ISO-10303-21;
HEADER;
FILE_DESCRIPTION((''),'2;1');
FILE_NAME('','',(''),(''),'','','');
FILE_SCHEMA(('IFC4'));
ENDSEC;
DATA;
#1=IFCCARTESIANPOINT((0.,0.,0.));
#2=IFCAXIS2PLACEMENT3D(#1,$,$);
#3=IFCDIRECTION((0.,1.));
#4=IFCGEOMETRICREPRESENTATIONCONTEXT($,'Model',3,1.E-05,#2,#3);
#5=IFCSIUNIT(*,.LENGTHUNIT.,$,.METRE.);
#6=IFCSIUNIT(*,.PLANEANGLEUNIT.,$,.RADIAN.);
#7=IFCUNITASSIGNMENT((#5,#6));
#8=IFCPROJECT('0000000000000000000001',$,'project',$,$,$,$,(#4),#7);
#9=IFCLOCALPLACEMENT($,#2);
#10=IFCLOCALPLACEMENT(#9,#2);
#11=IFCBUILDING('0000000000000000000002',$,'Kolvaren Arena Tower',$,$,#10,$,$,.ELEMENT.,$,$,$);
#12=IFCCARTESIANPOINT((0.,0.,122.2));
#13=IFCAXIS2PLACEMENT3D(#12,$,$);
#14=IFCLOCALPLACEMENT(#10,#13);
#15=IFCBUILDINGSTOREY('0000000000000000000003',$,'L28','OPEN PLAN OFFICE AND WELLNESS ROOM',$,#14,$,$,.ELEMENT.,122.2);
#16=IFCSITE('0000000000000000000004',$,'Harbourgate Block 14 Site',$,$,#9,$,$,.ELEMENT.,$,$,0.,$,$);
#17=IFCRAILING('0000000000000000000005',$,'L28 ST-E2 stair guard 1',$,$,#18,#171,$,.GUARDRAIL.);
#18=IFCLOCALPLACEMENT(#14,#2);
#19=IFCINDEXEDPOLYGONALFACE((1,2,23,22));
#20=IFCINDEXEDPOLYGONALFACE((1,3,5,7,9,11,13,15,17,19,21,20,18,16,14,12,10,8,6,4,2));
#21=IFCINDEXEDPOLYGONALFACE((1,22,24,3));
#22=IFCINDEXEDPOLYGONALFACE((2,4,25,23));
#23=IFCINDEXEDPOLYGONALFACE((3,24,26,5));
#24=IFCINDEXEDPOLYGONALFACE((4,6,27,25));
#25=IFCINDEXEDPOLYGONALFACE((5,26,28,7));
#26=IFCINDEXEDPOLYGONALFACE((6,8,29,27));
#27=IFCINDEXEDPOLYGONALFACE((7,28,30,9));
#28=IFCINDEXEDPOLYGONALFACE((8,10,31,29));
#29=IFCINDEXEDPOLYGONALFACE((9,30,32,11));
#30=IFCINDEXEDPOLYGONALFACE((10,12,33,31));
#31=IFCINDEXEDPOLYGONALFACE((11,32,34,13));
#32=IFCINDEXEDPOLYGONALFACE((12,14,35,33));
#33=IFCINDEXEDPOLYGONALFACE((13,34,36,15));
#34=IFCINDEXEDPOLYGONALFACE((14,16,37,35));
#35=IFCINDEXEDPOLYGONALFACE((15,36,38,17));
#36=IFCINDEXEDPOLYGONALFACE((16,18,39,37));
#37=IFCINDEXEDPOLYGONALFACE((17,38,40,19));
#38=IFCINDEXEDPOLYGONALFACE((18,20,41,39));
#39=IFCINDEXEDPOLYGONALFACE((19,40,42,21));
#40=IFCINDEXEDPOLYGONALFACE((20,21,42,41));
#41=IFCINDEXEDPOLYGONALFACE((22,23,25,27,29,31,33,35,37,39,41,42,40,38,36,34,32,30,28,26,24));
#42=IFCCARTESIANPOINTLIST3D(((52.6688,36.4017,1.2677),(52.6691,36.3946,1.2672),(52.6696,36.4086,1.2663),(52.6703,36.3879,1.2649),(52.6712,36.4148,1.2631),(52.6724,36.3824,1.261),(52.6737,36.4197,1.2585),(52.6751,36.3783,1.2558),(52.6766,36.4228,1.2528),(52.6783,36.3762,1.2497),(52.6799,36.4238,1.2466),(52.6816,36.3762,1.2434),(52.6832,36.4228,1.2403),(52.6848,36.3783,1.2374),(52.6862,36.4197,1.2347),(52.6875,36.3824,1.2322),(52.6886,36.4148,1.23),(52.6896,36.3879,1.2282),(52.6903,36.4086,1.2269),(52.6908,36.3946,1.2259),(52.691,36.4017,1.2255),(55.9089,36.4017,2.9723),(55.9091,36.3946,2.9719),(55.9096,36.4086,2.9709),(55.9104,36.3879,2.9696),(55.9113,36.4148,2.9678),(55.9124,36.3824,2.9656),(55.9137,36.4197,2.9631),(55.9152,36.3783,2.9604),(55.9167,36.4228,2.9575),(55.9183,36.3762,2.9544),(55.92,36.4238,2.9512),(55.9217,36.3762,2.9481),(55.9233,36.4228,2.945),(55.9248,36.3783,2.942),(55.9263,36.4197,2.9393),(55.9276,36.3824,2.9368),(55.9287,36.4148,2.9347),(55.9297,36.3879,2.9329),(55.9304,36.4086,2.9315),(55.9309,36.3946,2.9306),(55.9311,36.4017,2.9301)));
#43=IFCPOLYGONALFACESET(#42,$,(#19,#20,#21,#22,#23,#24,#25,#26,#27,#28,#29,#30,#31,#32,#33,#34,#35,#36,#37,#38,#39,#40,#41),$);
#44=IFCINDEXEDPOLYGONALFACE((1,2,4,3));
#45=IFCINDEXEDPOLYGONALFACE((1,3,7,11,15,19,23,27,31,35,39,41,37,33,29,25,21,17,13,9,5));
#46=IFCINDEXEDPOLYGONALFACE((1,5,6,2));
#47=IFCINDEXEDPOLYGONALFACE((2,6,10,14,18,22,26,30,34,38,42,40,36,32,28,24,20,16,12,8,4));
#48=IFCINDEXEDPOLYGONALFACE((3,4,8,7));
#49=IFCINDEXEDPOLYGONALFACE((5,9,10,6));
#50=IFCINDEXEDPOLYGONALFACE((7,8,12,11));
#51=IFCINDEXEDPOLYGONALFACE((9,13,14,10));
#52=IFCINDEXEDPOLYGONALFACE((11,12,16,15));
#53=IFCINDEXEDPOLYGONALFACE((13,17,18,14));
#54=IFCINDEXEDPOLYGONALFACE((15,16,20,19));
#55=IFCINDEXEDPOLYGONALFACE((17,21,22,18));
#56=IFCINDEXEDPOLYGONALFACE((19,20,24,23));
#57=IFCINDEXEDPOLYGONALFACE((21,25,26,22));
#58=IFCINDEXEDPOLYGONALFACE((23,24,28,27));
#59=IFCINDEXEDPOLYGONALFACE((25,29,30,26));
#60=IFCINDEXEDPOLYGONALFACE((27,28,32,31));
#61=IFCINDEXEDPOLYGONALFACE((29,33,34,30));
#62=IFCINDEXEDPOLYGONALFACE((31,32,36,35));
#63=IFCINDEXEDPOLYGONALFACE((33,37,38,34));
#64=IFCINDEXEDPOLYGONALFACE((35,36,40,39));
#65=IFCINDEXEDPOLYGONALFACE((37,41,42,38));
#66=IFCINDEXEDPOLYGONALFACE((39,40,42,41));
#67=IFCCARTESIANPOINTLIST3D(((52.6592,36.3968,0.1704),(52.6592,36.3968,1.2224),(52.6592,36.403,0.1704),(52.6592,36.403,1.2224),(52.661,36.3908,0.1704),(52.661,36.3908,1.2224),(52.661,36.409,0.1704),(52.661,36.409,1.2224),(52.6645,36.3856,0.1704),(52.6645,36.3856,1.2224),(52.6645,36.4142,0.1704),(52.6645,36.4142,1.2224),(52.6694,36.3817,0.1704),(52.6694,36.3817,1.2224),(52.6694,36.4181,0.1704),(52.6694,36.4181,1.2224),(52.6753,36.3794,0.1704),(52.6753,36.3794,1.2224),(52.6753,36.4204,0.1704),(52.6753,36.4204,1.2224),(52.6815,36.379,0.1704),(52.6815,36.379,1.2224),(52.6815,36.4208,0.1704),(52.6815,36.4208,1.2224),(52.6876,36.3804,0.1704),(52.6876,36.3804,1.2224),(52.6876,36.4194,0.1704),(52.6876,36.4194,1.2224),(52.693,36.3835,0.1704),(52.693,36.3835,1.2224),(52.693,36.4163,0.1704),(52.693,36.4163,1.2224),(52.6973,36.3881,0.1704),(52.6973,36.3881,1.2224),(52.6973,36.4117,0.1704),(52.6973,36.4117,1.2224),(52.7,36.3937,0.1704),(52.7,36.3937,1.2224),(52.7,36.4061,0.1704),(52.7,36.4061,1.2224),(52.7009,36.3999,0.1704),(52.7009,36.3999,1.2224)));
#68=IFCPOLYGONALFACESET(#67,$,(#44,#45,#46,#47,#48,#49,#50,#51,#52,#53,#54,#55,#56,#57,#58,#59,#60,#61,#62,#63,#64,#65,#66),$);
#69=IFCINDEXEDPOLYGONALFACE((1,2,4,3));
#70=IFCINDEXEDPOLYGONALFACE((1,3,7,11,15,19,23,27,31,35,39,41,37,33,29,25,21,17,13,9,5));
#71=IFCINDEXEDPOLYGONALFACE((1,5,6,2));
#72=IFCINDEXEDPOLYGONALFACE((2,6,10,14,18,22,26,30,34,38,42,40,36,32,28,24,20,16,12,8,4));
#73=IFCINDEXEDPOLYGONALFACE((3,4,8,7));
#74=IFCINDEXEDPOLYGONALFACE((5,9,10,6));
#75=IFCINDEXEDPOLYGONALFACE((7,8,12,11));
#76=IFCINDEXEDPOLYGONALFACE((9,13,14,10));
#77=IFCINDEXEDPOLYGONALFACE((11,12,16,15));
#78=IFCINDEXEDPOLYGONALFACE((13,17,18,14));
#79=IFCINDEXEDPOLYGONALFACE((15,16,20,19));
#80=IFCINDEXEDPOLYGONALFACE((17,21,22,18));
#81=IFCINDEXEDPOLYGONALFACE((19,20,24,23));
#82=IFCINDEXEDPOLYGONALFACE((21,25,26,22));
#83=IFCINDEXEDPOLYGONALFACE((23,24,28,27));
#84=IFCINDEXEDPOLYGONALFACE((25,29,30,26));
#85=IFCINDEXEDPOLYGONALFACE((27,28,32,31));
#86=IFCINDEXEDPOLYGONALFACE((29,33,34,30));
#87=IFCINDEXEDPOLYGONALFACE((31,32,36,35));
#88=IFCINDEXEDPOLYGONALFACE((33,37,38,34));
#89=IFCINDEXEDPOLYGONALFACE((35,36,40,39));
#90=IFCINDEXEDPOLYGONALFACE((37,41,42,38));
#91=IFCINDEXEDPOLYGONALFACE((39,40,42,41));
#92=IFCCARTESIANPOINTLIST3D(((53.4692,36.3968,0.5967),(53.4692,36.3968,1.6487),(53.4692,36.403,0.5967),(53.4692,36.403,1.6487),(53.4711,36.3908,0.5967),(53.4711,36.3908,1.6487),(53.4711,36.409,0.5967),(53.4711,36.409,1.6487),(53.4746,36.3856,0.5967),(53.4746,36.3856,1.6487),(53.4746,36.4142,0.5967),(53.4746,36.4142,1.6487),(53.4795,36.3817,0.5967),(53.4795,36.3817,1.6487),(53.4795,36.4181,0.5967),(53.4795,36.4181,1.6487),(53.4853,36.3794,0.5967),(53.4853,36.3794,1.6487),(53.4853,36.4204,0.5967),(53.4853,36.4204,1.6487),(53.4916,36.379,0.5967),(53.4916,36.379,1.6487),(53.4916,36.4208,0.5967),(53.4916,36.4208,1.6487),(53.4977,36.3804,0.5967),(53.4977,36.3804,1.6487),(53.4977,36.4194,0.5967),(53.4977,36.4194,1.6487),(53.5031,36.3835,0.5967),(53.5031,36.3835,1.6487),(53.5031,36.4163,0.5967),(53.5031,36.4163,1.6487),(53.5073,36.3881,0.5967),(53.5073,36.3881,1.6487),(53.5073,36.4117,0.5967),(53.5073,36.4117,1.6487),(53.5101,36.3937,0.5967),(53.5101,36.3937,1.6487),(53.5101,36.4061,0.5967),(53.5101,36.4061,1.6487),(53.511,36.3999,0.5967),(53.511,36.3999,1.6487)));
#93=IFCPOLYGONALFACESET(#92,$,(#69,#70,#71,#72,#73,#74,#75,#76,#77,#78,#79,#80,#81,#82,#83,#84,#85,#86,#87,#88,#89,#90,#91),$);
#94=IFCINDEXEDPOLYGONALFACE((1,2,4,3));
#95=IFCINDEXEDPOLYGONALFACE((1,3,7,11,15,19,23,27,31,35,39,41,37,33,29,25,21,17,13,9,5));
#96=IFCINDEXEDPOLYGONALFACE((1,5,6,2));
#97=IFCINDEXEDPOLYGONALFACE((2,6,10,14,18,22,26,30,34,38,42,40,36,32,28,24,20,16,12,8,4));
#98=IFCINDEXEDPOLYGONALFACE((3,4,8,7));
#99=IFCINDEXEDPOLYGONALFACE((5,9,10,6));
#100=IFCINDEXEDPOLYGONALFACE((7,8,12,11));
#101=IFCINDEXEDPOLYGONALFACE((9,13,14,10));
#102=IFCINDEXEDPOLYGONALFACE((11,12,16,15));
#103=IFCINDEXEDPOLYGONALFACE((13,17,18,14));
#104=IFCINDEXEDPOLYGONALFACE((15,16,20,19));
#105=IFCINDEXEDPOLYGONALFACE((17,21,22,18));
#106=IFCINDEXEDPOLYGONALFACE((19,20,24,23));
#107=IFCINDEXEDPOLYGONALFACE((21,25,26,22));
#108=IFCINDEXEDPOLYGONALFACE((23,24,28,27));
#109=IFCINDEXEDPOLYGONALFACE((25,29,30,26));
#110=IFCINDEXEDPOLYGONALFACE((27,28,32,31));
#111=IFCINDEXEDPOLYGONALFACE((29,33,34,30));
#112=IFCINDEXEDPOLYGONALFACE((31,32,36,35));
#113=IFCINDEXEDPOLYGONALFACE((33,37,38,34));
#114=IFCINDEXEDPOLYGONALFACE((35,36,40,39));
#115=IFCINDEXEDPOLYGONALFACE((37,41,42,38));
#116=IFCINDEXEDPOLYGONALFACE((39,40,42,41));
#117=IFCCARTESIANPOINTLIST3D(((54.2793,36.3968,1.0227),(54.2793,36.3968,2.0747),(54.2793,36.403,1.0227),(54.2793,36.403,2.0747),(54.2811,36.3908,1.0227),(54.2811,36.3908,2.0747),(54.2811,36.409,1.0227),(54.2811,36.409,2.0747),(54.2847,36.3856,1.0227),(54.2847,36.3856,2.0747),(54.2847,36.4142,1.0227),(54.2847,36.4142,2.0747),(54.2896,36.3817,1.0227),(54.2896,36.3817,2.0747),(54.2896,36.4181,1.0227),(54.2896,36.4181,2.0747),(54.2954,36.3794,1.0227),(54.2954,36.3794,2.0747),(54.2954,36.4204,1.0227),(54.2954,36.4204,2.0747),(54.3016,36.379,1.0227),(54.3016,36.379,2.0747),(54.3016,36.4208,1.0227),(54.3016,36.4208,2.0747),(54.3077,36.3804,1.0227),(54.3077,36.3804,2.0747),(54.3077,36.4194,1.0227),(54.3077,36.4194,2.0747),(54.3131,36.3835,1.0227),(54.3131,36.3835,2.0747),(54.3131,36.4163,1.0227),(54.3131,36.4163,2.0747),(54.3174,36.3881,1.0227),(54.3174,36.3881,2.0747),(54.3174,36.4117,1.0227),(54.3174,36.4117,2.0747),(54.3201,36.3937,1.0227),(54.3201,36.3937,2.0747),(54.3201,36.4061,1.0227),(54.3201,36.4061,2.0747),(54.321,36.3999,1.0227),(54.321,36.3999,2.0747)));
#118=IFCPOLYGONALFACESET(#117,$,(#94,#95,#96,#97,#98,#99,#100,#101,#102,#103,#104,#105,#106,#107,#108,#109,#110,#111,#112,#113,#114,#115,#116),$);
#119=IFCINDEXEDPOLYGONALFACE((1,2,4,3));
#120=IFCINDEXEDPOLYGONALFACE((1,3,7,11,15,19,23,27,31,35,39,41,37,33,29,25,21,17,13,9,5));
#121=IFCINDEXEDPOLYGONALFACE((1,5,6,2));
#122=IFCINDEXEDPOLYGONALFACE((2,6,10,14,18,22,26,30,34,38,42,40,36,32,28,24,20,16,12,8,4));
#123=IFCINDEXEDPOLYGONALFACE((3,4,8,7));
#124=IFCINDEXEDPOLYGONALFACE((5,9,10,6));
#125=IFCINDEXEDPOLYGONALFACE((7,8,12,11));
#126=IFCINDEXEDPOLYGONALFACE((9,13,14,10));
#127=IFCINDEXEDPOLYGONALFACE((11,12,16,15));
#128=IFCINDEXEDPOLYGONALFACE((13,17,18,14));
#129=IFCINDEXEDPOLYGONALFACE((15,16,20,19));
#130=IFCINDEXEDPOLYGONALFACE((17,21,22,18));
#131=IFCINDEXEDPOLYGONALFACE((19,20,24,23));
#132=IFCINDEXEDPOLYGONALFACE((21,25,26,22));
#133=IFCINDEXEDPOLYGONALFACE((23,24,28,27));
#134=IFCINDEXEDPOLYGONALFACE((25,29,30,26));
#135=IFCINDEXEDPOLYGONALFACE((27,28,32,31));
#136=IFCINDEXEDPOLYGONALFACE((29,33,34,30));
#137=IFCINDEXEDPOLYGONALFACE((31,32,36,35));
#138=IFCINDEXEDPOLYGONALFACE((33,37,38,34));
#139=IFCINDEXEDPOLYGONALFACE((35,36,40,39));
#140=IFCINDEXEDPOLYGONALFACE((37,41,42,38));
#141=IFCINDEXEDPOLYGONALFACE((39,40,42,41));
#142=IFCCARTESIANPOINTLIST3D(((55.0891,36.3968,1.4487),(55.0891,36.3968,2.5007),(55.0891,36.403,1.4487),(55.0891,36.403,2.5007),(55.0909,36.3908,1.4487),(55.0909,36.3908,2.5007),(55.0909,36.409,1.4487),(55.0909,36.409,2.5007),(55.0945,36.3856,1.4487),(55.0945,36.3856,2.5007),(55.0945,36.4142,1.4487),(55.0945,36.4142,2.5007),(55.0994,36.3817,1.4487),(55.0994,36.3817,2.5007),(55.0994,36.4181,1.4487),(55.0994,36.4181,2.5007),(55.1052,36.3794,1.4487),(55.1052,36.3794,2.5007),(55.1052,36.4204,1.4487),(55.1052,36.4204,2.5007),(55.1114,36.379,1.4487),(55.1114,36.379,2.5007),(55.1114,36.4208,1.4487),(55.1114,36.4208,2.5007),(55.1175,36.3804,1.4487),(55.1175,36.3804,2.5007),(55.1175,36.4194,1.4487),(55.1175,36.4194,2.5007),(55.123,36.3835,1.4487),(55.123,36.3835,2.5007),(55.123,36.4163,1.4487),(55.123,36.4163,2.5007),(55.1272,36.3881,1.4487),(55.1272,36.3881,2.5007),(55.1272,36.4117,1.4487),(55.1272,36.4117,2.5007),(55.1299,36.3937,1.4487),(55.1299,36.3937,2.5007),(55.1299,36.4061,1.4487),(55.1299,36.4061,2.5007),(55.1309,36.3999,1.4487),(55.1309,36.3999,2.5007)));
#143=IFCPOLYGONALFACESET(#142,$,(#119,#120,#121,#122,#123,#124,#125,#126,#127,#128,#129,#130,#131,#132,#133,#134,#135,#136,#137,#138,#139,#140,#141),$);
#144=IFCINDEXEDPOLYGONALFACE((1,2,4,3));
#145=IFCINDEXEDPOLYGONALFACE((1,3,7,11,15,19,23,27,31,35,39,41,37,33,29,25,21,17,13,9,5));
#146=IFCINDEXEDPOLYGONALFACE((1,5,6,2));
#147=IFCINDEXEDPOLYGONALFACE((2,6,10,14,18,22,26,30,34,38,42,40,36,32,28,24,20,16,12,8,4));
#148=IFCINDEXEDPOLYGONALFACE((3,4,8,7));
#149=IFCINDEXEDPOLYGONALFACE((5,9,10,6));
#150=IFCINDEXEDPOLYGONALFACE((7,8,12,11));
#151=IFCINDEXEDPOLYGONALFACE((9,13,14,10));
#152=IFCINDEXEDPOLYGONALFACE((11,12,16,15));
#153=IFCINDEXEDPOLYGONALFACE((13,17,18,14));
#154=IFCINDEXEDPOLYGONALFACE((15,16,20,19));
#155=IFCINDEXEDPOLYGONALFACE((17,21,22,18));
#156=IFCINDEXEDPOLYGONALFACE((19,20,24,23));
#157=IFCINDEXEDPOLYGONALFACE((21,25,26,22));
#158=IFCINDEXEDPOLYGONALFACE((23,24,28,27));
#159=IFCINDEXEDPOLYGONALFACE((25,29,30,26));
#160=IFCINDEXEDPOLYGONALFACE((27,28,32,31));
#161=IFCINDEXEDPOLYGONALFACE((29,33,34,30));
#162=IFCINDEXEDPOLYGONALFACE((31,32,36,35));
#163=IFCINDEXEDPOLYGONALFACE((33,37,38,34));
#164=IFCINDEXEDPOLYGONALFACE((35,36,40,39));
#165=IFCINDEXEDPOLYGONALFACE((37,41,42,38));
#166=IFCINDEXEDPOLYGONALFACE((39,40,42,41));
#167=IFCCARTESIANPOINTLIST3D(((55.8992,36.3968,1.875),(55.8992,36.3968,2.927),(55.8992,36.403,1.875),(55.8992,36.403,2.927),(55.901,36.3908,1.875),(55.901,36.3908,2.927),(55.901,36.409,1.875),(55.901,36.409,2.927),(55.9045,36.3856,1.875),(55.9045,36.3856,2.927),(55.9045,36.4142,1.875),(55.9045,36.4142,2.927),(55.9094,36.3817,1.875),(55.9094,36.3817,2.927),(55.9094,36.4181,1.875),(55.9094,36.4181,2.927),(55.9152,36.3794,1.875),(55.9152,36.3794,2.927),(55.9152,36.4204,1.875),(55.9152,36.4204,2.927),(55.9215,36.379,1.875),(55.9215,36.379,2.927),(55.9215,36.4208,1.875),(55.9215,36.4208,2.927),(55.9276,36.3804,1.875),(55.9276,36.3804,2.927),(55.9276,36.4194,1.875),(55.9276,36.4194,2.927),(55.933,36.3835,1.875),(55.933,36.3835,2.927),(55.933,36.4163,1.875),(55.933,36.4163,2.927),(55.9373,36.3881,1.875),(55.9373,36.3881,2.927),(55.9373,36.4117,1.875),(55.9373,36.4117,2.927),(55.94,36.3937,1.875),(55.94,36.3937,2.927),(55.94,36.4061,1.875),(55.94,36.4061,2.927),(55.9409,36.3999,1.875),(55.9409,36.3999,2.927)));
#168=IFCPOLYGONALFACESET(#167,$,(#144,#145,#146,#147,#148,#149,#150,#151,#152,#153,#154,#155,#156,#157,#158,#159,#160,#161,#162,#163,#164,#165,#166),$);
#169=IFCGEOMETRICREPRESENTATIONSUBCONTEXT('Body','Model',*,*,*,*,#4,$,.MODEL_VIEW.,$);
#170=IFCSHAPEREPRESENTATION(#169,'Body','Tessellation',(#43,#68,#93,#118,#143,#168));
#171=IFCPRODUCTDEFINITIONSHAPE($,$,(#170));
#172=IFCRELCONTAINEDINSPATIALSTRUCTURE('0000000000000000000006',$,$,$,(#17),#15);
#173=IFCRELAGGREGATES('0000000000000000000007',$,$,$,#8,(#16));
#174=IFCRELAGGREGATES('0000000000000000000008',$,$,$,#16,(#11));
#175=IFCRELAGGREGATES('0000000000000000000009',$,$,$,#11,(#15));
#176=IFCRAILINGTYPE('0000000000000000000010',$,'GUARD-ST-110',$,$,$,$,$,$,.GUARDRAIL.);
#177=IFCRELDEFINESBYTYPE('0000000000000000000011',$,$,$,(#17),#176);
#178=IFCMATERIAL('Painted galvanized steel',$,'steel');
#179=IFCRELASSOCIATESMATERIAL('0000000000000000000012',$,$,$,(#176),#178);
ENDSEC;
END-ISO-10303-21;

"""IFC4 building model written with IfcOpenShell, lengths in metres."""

from ifc_helpers import new_model, si_unit, direction, frame, origin, origin_2d, place, context, subcontext, project, spatial, circle, extrude, material, type_object, element, save


model = new_model("IFC4")

# Units and contexts
model_context = context("Model", 3, precision=1e-05, world=origin(), true_north=direction((0.0, 1.0)))
body_context = subcontext(model_context, "Body", "Model", "MODEL_VIEW")
ifc_project = project(units=[si_unit("LENGTHUNIT", "METRE"), si_unit("PLANEANGLEUNIT", "RADIAN")], contexts=[model_context])

# Site, building, storey
site_placement = place(None, origin())
site = spatial("IfcSite", under=ifc_project, at=site_placement, Name="Harbourgate Block 14 Site", CompositionType="ELEMENT", RefElevation=0.0)
building_placement = place(site_placement, origin())
building = spatial("IfcBuilding", under=site, at=building_placement, Name="Kolvaren Arena Tower", CompositionType="ELEMENT")
storey_placement = place(building_placement, frame((0.0, 0.0, 122.2)))
storey = spatial("IfcBuildingStorey", under=building, at=storey_placement, Name="L28", Description="OPEN PLAN OFFICE AND WELLNESS ROOM", CompositionType="ELEMENT", Elevation=122.2)

# Railing
ifc_material_1 = material(Name="Painted galvanized steel", Category="steel")
railing_type_1 = type_object("IfcRailingType", Name="GUARD-ST-110", PredefinedType="GUARDRAIL", material=ifc_material_1)
railing_1_placement = place(storey_placement, frame((52.6799, 36.3999, 0.1704)))
element("IfcRailing", 1, at=railing_1_placement, inside=storey, type_object=railing_type_1, Name="L28 ST-E2 stair guard 1", PredefinedType="GUARDRAIL", context=body_context, shape_type="SweptSolid", body=[
    extrude(circle(Radius=0.0239, at=origin_2d()), frame((0.0, 0.0, 1.0762), z_axis=(0.884993, 0.0, 0.465604), x_axis=(0.0, 1.0, 0.0)), (0.0, 0.0, 1.0), 3.6611),
    extrude(circle(Radius=0.021, at=origin_2d()), origin(), (0.0, 0.0, 1.0), 1.052),
    extrude(circle(Radius=0.021, at=origin_2d()), frame((0.8101, 0.0, 0.4263)), (0.0, 0.0, 1.0), 1.052),
    extrude(circle(Radius=0.021, at=origin_2d()), frame((1.6201, 0.0, 0.8523)), (0.0, 0.0, 1.0), 1.052),
    extrude(circle(Radius=0.021, at=origin_2d()), frame((2.4299, 0.0, 1.2783)), (0.0, 0.0, 1.0), 1.052),
    extrude(circle(Radius=0.021, at=origin_2d()), frame((3.24, 0.0, 1.7046)), (0.0, 0.0, 1.0), 1.052),
])

save(model, "model.ifc")
